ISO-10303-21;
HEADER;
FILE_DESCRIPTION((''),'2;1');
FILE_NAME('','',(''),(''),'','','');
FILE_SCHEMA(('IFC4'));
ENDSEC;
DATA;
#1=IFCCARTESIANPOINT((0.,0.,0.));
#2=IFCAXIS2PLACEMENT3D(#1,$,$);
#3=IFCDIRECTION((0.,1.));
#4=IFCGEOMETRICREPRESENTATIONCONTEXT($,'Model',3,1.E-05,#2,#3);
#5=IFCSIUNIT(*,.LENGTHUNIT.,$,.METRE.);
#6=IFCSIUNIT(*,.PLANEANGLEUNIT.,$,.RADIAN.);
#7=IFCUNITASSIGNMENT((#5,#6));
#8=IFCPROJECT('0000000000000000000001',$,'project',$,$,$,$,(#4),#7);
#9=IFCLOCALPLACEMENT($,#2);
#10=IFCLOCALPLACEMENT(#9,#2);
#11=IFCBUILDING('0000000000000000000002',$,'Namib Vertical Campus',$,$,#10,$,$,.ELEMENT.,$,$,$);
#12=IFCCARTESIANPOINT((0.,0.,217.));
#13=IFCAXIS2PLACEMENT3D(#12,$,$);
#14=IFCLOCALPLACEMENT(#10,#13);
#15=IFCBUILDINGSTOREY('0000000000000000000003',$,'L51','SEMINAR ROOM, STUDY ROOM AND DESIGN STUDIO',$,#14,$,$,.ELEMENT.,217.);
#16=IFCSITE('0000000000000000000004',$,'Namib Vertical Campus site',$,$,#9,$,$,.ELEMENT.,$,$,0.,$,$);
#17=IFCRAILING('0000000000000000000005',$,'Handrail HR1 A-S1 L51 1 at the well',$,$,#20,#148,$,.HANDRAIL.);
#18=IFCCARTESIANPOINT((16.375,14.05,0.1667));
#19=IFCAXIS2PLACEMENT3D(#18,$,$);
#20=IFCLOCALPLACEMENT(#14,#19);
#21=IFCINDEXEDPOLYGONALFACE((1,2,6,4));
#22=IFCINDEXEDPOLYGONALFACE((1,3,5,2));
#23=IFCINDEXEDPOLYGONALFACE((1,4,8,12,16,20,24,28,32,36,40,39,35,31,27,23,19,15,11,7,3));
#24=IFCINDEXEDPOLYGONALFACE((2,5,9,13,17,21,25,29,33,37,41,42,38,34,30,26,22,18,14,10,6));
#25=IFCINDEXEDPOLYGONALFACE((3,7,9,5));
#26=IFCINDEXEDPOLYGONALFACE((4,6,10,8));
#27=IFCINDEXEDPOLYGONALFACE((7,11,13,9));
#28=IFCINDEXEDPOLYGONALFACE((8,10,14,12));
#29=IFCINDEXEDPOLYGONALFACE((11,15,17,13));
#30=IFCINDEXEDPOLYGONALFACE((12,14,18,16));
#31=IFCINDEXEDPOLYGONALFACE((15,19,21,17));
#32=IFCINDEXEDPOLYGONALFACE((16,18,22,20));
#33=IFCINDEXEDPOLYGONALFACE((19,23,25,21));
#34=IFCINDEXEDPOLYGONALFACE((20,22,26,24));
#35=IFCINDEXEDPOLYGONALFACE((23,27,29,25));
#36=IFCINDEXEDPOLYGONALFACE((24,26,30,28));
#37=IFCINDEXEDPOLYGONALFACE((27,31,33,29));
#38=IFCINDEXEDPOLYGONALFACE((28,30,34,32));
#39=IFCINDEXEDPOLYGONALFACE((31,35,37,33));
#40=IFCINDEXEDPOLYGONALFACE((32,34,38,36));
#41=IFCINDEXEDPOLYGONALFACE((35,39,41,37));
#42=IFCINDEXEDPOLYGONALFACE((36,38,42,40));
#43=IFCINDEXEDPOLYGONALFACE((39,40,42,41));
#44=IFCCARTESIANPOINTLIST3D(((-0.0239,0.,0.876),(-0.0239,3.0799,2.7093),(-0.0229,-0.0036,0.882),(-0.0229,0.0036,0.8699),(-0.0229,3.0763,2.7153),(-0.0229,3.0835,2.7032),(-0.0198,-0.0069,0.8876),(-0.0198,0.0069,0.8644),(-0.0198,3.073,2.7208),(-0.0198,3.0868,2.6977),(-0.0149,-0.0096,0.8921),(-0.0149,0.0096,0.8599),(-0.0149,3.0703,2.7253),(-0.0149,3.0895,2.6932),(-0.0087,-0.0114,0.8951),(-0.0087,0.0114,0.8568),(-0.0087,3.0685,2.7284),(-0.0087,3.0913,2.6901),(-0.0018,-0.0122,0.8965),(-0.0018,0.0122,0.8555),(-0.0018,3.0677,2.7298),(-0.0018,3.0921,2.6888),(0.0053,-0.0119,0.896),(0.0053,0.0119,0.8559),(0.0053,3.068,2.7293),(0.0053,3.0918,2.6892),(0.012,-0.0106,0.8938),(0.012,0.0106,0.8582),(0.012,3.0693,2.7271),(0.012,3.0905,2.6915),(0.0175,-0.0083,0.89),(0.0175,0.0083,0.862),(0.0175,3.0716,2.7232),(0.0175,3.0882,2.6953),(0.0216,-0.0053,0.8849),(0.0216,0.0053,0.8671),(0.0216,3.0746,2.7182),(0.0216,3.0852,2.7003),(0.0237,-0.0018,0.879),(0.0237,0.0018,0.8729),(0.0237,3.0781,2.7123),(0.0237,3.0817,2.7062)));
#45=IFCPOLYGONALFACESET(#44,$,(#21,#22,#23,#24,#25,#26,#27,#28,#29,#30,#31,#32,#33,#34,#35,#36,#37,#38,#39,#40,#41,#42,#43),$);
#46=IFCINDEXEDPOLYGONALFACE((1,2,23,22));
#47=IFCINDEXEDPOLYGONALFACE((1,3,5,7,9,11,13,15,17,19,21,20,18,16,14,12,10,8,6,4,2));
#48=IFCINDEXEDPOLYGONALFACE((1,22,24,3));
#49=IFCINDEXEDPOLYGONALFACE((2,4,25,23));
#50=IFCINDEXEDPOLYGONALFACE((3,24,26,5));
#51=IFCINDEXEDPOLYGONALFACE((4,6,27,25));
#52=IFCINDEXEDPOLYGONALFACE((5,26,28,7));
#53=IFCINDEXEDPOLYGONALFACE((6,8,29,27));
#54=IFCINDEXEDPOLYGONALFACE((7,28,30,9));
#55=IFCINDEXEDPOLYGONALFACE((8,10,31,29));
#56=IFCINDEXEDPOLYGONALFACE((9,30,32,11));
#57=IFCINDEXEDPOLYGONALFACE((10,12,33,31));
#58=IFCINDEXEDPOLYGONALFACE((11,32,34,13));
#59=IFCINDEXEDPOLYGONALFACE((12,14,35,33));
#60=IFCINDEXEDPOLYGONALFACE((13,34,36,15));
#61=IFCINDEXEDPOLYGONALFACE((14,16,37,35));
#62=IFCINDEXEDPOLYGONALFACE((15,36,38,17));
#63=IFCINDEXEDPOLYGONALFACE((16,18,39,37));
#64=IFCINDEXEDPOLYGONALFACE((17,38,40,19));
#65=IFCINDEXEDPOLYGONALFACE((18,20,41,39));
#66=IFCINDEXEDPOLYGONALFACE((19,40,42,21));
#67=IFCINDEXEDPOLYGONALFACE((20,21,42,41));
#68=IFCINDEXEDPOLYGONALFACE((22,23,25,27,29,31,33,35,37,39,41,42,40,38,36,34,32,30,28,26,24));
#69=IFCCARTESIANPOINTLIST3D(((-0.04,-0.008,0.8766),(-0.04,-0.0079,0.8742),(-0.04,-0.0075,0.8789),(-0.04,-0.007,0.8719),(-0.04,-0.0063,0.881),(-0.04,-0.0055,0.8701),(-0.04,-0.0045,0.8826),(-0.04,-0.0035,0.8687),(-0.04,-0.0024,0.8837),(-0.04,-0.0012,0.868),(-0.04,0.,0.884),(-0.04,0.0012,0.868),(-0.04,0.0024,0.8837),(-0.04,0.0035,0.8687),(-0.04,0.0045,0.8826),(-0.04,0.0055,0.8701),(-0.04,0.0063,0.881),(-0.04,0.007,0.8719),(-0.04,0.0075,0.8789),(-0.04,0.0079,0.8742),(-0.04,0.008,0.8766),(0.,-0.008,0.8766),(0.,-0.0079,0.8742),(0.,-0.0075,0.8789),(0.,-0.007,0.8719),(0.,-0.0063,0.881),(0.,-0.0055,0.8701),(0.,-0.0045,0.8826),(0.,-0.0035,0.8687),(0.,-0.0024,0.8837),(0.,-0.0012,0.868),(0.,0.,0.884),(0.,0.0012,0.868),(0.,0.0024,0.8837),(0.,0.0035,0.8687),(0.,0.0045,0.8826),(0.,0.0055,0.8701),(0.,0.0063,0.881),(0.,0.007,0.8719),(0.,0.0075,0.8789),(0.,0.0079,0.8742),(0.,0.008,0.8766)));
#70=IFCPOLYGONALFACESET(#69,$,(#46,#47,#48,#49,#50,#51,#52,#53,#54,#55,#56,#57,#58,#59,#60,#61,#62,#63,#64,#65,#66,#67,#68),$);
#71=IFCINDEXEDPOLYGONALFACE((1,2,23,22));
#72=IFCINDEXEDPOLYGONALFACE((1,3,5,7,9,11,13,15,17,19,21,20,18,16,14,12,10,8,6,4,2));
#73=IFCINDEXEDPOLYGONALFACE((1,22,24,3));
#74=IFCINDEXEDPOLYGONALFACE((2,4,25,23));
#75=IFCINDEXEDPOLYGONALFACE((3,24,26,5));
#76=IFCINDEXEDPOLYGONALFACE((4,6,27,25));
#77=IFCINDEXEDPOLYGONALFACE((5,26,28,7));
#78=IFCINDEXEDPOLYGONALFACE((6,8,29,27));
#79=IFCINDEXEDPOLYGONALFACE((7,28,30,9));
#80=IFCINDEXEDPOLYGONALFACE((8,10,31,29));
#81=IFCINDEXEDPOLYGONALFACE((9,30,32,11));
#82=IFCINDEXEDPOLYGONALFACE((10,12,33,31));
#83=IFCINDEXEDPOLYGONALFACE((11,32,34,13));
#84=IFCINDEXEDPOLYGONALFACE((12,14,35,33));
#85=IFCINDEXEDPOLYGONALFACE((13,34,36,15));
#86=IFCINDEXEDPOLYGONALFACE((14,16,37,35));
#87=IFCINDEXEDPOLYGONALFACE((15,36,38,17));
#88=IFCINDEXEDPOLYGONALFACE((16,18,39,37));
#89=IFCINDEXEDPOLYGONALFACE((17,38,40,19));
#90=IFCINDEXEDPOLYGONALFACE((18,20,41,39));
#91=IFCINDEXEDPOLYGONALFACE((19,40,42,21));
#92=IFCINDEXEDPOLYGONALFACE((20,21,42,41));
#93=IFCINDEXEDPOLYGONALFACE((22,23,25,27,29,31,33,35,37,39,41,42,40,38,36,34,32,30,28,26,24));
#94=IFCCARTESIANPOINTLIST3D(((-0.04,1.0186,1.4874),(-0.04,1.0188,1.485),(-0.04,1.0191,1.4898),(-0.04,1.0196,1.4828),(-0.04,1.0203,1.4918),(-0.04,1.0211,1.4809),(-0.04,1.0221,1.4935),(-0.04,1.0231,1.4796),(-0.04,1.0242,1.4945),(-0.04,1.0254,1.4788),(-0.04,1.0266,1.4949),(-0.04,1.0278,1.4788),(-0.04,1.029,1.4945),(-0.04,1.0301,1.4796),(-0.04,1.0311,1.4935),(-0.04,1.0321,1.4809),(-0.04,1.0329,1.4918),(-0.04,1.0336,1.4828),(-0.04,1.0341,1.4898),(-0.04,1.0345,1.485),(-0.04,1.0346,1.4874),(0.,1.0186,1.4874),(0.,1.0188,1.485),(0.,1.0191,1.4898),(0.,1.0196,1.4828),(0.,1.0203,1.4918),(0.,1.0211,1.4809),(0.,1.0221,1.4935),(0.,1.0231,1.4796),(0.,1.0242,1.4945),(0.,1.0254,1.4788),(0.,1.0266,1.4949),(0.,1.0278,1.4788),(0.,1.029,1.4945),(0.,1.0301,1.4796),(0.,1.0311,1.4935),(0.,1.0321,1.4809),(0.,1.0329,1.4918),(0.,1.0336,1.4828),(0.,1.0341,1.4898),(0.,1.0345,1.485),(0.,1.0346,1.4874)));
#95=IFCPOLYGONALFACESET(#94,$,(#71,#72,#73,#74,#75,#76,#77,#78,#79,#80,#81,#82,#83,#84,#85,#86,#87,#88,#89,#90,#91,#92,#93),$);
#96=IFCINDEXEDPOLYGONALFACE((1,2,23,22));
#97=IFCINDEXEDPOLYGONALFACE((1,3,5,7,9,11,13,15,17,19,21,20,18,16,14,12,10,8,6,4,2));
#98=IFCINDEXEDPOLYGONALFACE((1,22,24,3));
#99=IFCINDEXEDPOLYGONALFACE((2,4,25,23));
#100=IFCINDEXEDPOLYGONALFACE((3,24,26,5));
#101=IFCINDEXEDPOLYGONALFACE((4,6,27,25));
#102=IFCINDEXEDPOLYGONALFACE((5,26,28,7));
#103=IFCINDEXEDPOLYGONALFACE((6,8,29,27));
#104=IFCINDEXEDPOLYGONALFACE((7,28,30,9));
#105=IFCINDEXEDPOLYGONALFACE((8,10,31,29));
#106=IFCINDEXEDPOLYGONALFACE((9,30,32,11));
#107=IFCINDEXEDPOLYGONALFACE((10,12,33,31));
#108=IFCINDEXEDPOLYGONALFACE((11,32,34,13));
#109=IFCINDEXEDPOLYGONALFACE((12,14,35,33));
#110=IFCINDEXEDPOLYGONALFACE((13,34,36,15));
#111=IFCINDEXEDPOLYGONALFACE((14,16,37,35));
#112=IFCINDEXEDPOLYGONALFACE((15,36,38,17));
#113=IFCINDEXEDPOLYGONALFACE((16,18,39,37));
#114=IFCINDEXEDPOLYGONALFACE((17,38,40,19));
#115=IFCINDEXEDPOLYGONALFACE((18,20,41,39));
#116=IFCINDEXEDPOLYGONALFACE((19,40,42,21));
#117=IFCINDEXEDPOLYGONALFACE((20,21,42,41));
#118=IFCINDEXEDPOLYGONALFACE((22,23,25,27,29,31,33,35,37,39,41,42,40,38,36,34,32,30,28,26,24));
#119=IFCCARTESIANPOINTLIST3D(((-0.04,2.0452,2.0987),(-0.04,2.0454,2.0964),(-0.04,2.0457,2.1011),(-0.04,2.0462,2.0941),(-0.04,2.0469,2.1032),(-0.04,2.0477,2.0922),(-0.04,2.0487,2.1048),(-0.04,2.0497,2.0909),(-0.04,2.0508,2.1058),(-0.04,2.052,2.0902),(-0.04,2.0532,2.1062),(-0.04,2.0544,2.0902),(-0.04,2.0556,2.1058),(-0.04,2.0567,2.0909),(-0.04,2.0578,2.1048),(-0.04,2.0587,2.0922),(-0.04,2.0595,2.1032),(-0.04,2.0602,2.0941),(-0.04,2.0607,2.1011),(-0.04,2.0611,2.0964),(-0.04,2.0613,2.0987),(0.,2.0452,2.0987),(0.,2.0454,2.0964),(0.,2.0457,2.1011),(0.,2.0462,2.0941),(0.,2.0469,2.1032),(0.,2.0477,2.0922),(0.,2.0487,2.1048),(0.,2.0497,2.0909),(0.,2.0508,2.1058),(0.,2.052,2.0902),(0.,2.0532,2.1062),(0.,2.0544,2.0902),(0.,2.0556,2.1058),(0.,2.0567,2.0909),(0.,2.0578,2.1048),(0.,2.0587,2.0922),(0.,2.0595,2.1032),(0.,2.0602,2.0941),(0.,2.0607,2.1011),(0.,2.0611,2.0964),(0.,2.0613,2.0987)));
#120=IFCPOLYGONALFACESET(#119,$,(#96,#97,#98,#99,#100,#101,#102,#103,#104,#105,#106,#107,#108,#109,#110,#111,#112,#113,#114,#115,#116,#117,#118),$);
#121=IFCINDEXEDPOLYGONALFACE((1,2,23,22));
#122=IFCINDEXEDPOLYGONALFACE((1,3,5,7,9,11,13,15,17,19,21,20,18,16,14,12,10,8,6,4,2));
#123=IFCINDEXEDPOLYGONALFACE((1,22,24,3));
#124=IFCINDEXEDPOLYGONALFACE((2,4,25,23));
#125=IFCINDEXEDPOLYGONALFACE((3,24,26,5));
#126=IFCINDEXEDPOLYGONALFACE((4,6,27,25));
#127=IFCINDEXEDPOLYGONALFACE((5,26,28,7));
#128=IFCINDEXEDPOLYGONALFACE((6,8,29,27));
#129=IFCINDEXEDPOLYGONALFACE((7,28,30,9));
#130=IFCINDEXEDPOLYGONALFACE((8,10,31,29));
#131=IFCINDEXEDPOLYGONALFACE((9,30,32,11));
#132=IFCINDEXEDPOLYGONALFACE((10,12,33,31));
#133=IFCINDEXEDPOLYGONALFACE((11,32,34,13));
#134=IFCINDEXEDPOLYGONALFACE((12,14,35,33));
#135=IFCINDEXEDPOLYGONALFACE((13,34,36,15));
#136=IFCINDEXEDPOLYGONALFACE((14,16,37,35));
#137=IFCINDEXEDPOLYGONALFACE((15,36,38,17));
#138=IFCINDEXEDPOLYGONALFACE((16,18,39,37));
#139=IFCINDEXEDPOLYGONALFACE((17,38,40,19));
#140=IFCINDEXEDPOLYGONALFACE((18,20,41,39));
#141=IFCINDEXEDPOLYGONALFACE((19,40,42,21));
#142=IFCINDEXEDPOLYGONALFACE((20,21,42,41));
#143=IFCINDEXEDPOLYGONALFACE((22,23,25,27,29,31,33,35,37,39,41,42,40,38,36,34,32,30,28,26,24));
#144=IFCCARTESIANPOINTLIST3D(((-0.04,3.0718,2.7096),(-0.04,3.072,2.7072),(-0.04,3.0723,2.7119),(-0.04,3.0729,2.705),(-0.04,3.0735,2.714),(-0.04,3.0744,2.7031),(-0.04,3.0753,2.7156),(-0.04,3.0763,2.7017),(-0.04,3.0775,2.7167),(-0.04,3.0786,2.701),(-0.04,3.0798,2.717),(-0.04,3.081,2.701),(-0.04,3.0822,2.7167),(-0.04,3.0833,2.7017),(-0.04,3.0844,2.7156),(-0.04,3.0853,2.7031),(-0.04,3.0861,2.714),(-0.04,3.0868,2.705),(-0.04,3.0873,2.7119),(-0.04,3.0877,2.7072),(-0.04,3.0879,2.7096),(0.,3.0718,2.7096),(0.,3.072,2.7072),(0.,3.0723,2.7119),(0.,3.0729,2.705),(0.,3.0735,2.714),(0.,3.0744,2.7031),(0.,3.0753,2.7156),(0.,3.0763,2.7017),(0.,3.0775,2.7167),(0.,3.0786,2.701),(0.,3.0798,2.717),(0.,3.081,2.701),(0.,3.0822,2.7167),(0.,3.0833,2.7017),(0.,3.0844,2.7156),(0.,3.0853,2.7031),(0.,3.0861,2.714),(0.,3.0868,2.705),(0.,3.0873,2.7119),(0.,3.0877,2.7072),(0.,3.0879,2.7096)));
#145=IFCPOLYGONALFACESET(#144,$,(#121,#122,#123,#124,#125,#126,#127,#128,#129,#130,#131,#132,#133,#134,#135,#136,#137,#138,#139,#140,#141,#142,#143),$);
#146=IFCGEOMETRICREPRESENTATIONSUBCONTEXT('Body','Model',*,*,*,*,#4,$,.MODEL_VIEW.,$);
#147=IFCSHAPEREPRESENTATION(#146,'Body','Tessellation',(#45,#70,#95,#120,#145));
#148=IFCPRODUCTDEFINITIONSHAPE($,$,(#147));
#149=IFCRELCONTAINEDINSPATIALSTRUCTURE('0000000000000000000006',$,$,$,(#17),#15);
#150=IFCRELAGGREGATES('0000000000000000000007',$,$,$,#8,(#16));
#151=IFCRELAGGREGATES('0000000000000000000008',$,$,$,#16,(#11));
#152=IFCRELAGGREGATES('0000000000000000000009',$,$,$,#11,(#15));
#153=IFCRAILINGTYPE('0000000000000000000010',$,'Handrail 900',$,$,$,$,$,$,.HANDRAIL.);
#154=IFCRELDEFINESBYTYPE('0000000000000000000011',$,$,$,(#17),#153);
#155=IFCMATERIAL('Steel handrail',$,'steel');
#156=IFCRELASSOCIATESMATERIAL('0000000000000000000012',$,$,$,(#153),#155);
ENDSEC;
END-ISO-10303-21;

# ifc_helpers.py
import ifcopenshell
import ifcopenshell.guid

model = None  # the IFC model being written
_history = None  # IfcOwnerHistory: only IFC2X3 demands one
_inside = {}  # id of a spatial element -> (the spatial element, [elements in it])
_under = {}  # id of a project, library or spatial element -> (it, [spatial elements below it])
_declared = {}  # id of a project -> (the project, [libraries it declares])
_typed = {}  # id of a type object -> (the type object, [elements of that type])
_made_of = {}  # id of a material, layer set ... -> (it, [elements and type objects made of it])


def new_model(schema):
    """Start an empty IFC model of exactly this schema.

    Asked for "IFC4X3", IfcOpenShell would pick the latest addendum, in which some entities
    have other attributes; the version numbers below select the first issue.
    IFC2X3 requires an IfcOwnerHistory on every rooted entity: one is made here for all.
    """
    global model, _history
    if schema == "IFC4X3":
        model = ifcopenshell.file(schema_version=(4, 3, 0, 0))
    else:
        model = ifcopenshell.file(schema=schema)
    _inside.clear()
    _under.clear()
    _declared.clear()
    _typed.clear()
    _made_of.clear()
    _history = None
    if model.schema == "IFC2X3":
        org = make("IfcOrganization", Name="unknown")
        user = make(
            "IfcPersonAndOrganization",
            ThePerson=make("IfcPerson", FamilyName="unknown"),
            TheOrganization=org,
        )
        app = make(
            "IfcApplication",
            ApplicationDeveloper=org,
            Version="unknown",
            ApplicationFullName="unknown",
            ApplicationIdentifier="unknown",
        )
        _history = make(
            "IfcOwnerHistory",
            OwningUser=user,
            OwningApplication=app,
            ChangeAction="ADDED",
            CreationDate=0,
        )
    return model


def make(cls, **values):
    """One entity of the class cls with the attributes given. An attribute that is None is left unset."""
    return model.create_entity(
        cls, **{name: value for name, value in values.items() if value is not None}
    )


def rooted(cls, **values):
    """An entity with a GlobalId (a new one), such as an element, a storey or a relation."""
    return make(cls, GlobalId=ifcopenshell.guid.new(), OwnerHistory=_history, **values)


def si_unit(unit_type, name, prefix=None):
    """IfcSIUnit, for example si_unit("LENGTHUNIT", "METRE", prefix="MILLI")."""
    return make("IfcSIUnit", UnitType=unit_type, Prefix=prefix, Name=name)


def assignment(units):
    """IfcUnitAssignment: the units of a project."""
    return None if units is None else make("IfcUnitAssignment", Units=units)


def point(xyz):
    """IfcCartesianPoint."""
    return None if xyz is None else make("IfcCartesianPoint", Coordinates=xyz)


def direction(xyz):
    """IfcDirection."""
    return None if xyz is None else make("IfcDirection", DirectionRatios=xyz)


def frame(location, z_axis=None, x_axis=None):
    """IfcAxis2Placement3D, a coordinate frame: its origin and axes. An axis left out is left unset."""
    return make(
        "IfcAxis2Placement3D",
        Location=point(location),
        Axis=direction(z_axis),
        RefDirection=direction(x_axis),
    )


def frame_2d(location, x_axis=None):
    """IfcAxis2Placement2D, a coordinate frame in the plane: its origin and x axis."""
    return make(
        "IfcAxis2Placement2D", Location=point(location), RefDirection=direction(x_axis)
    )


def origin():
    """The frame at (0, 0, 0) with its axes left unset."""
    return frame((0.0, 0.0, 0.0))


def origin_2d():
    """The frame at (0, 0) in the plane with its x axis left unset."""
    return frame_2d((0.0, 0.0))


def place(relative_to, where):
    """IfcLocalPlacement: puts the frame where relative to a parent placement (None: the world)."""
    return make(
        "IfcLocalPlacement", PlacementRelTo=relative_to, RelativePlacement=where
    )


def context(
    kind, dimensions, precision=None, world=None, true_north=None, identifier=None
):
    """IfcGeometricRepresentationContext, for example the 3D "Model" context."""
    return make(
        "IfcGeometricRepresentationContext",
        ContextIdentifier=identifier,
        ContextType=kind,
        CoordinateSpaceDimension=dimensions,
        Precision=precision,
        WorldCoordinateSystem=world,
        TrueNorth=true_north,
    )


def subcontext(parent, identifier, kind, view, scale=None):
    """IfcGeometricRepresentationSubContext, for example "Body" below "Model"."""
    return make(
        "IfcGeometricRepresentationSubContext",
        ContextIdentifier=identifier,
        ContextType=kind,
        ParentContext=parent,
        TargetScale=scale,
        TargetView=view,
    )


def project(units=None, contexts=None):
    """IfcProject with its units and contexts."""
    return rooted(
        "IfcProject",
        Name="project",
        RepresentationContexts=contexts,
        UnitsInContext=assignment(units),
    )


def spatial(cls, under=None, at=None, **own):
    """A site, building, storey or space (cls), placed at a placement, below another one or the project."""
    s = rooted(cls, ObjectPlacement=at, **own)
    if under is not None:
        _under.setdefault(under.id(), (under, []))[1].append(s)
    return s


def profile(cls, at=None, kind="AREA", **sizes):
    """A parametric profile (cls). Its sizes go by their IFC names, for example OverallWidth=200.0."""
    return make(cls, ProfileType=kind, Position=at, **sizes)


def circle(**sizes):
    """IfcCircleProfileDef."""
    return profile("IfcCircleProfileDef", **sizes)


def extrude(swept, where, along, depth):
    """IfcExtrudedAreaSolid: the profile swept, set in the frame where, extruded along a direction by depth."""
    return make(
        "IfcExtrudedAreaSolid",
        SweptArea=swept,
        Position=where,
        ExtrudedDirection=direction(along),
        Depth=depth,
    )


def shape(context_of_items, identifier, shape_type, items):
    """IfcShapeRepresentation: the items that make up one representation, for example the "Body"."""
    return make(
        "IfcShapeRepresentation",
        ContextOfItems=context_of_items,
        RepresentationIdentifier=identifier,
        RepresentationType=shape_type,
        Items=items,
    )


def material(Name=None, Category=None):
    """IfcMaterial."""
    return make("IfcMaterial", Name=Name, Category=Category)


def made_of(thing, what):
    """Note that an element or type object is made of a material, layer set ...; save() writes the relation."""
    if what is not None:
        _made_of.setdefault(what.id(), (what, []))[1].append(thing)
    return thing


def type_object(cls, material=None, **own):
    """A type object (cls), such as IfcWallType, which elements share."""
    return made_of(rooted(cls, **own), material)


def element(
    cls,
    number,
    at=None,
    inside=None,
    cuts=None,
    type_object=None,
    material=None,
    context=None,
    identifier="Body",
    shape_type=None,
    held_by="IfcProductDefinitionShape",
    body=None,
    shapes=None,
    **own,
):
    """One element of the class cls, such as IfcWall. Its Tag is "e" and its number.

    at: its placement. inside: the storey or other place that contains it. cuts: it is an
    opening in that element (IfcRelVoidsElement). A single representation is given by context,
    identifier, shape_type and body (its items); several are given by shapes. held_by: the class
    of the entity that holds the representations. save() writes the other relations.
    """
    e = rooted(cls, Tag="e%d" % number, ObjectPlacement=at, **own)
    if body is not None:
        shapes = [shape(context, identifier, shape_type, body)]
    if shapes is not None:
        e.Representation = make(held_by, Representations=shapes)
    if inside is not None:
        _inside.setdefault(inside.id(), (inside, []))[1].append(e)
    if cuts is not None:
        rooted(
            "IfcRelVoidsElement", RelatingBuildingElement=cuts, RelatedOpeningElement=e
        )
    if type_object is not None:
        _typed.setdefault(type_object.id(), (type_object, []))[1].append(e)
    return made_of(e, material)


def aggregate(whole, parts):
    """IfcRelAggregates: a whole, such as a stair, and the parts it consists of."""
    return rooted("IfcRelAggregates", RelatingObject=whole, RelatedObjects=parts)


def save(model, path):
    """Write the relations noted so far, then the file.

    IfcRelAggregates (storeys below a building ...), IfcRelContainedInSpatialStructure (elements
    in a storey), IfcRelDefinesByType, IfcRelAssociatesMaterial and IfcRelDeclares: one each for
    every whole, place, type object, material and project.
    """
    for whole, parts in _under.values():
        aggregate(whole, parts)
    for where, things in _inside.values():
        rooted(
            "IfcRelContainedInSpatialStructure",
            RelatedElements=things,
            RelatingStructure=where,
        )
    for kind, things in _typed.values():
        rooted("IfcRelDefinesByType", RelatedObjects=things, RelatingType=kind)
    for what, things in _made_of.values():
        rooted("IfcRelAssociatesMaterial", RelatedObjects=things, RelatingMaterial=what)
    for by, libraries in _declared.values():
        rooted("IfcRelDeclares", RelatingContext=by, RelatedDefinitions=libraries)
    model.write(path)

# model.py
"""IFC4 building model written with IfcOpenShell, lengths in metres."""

from ifc_helpers import new_model, si_unit, direction, frame, origin, origin_2d, place, context, subcontext, project, spatial, circle, extrude, material, type_object, element, save


model = new_model("IFC4")

# Units and contexts
model_context = context("Model", 3, precision=1e-05, world=origin(), true_north=direction((0.0, 1.0)))
body_context = subcontext(model_context, "Body", "Model", "MODEL_VIEW")
ifc_project = project(units=[si_unit("LENGTHUNIT", "METRE"), si_unit("PLANEANGLEUNIT", "RADIAN")], contexts=[model_context])

# Site, building, storey
site_placement = place(None, origin())
site = spatial("IfcSite", under=ifc_project, at=site_placement, Name="Namib Vertical Campus site", CompositionType="ELEMENT", RefElevation=0.0)
building_placement = place(site_placement, origin())
building = spatial("IfcBuilding", under=site, at=building_placement, Name="Namib Vertical Campus", CompositionType="ELEMENT")
storey_placement = place(building_placement, frame((0.0, 0.0, 217.0)))
storey = spatial("IfcBuildingStorey", under=building, at=storey_placement, Name="L51", Description="SEMINAR ROOM, STUDY ROOM AND DESIGN STUDIO", CompositionType="ELEMENT", Elevation=217.0)

# Railing
ifc_material_1 = material(Name="Steel handrail", Category="steel")
railing_type_1 = type_object("IfcRailingType", Name="Handrail 900", PredefinedType="HANDRAIL", material=ifc_material_1)
railing_1_placement = place(storey_placement, frame((16.375, 14.05, 0.1667)))
element("IfcRailing", 1, at=railing_1_placement, inside=storey, type_object=railing_type_1, Name="Handrail HR1 A-S1 L51 1 at the well", PredefinedType="HANDRAIL", context=body_context, shape_type="SweptSolid", body=[
    extrude(circle(Radius=0.0239, at=origin_2d()), frame((0.0, 0.0, 0.876), z_axis=(0.0, 0.859291, 0.511487), x_axis=(-1.0, 0.0, 0.0)), (0.0, 0.0, 1.0), 3.5842),
    extrude(circle(Radius=0.0081, at=origin_2d()), frame((0.0, 0.0, 0.876), z_axis=(-1.0, 0.0, 0.0), x_axis=(0.0, 0.0, 1.0)), (0.0, 0.0, 1.0), 0.04),
    extrude(circle(Radius=0.0081, at=origin_2d()), frame((0.0, 1.0266, 1.4868), z_axis=(-1.0, 0.0, 0.0), x_axis=(0.0, 0.0, 1.0)), (0.0, 0.0, 1.0), 0.04),
    extrude(circle(Radius=0.0081, at=origin_2d()), frame((0.0, 2.0532, 2.0981), z_axis=(-1.0, 0.0, 0.0), x_axis=(0.0, 0.0, 1.0)), (0.0, 0.0, 1.0), 0.04),
    extrude(circle(Radius=0.0081, at=origin_2d()), frame((0.0, 3.0798, 2.709), z_axis=(-1.0, 0.0, 0.0), x_axis=(0.0, 0.0, 1.0)), (0.0, 0.0, 1.0), 0.04),
])

save(model, "model.ifc")
